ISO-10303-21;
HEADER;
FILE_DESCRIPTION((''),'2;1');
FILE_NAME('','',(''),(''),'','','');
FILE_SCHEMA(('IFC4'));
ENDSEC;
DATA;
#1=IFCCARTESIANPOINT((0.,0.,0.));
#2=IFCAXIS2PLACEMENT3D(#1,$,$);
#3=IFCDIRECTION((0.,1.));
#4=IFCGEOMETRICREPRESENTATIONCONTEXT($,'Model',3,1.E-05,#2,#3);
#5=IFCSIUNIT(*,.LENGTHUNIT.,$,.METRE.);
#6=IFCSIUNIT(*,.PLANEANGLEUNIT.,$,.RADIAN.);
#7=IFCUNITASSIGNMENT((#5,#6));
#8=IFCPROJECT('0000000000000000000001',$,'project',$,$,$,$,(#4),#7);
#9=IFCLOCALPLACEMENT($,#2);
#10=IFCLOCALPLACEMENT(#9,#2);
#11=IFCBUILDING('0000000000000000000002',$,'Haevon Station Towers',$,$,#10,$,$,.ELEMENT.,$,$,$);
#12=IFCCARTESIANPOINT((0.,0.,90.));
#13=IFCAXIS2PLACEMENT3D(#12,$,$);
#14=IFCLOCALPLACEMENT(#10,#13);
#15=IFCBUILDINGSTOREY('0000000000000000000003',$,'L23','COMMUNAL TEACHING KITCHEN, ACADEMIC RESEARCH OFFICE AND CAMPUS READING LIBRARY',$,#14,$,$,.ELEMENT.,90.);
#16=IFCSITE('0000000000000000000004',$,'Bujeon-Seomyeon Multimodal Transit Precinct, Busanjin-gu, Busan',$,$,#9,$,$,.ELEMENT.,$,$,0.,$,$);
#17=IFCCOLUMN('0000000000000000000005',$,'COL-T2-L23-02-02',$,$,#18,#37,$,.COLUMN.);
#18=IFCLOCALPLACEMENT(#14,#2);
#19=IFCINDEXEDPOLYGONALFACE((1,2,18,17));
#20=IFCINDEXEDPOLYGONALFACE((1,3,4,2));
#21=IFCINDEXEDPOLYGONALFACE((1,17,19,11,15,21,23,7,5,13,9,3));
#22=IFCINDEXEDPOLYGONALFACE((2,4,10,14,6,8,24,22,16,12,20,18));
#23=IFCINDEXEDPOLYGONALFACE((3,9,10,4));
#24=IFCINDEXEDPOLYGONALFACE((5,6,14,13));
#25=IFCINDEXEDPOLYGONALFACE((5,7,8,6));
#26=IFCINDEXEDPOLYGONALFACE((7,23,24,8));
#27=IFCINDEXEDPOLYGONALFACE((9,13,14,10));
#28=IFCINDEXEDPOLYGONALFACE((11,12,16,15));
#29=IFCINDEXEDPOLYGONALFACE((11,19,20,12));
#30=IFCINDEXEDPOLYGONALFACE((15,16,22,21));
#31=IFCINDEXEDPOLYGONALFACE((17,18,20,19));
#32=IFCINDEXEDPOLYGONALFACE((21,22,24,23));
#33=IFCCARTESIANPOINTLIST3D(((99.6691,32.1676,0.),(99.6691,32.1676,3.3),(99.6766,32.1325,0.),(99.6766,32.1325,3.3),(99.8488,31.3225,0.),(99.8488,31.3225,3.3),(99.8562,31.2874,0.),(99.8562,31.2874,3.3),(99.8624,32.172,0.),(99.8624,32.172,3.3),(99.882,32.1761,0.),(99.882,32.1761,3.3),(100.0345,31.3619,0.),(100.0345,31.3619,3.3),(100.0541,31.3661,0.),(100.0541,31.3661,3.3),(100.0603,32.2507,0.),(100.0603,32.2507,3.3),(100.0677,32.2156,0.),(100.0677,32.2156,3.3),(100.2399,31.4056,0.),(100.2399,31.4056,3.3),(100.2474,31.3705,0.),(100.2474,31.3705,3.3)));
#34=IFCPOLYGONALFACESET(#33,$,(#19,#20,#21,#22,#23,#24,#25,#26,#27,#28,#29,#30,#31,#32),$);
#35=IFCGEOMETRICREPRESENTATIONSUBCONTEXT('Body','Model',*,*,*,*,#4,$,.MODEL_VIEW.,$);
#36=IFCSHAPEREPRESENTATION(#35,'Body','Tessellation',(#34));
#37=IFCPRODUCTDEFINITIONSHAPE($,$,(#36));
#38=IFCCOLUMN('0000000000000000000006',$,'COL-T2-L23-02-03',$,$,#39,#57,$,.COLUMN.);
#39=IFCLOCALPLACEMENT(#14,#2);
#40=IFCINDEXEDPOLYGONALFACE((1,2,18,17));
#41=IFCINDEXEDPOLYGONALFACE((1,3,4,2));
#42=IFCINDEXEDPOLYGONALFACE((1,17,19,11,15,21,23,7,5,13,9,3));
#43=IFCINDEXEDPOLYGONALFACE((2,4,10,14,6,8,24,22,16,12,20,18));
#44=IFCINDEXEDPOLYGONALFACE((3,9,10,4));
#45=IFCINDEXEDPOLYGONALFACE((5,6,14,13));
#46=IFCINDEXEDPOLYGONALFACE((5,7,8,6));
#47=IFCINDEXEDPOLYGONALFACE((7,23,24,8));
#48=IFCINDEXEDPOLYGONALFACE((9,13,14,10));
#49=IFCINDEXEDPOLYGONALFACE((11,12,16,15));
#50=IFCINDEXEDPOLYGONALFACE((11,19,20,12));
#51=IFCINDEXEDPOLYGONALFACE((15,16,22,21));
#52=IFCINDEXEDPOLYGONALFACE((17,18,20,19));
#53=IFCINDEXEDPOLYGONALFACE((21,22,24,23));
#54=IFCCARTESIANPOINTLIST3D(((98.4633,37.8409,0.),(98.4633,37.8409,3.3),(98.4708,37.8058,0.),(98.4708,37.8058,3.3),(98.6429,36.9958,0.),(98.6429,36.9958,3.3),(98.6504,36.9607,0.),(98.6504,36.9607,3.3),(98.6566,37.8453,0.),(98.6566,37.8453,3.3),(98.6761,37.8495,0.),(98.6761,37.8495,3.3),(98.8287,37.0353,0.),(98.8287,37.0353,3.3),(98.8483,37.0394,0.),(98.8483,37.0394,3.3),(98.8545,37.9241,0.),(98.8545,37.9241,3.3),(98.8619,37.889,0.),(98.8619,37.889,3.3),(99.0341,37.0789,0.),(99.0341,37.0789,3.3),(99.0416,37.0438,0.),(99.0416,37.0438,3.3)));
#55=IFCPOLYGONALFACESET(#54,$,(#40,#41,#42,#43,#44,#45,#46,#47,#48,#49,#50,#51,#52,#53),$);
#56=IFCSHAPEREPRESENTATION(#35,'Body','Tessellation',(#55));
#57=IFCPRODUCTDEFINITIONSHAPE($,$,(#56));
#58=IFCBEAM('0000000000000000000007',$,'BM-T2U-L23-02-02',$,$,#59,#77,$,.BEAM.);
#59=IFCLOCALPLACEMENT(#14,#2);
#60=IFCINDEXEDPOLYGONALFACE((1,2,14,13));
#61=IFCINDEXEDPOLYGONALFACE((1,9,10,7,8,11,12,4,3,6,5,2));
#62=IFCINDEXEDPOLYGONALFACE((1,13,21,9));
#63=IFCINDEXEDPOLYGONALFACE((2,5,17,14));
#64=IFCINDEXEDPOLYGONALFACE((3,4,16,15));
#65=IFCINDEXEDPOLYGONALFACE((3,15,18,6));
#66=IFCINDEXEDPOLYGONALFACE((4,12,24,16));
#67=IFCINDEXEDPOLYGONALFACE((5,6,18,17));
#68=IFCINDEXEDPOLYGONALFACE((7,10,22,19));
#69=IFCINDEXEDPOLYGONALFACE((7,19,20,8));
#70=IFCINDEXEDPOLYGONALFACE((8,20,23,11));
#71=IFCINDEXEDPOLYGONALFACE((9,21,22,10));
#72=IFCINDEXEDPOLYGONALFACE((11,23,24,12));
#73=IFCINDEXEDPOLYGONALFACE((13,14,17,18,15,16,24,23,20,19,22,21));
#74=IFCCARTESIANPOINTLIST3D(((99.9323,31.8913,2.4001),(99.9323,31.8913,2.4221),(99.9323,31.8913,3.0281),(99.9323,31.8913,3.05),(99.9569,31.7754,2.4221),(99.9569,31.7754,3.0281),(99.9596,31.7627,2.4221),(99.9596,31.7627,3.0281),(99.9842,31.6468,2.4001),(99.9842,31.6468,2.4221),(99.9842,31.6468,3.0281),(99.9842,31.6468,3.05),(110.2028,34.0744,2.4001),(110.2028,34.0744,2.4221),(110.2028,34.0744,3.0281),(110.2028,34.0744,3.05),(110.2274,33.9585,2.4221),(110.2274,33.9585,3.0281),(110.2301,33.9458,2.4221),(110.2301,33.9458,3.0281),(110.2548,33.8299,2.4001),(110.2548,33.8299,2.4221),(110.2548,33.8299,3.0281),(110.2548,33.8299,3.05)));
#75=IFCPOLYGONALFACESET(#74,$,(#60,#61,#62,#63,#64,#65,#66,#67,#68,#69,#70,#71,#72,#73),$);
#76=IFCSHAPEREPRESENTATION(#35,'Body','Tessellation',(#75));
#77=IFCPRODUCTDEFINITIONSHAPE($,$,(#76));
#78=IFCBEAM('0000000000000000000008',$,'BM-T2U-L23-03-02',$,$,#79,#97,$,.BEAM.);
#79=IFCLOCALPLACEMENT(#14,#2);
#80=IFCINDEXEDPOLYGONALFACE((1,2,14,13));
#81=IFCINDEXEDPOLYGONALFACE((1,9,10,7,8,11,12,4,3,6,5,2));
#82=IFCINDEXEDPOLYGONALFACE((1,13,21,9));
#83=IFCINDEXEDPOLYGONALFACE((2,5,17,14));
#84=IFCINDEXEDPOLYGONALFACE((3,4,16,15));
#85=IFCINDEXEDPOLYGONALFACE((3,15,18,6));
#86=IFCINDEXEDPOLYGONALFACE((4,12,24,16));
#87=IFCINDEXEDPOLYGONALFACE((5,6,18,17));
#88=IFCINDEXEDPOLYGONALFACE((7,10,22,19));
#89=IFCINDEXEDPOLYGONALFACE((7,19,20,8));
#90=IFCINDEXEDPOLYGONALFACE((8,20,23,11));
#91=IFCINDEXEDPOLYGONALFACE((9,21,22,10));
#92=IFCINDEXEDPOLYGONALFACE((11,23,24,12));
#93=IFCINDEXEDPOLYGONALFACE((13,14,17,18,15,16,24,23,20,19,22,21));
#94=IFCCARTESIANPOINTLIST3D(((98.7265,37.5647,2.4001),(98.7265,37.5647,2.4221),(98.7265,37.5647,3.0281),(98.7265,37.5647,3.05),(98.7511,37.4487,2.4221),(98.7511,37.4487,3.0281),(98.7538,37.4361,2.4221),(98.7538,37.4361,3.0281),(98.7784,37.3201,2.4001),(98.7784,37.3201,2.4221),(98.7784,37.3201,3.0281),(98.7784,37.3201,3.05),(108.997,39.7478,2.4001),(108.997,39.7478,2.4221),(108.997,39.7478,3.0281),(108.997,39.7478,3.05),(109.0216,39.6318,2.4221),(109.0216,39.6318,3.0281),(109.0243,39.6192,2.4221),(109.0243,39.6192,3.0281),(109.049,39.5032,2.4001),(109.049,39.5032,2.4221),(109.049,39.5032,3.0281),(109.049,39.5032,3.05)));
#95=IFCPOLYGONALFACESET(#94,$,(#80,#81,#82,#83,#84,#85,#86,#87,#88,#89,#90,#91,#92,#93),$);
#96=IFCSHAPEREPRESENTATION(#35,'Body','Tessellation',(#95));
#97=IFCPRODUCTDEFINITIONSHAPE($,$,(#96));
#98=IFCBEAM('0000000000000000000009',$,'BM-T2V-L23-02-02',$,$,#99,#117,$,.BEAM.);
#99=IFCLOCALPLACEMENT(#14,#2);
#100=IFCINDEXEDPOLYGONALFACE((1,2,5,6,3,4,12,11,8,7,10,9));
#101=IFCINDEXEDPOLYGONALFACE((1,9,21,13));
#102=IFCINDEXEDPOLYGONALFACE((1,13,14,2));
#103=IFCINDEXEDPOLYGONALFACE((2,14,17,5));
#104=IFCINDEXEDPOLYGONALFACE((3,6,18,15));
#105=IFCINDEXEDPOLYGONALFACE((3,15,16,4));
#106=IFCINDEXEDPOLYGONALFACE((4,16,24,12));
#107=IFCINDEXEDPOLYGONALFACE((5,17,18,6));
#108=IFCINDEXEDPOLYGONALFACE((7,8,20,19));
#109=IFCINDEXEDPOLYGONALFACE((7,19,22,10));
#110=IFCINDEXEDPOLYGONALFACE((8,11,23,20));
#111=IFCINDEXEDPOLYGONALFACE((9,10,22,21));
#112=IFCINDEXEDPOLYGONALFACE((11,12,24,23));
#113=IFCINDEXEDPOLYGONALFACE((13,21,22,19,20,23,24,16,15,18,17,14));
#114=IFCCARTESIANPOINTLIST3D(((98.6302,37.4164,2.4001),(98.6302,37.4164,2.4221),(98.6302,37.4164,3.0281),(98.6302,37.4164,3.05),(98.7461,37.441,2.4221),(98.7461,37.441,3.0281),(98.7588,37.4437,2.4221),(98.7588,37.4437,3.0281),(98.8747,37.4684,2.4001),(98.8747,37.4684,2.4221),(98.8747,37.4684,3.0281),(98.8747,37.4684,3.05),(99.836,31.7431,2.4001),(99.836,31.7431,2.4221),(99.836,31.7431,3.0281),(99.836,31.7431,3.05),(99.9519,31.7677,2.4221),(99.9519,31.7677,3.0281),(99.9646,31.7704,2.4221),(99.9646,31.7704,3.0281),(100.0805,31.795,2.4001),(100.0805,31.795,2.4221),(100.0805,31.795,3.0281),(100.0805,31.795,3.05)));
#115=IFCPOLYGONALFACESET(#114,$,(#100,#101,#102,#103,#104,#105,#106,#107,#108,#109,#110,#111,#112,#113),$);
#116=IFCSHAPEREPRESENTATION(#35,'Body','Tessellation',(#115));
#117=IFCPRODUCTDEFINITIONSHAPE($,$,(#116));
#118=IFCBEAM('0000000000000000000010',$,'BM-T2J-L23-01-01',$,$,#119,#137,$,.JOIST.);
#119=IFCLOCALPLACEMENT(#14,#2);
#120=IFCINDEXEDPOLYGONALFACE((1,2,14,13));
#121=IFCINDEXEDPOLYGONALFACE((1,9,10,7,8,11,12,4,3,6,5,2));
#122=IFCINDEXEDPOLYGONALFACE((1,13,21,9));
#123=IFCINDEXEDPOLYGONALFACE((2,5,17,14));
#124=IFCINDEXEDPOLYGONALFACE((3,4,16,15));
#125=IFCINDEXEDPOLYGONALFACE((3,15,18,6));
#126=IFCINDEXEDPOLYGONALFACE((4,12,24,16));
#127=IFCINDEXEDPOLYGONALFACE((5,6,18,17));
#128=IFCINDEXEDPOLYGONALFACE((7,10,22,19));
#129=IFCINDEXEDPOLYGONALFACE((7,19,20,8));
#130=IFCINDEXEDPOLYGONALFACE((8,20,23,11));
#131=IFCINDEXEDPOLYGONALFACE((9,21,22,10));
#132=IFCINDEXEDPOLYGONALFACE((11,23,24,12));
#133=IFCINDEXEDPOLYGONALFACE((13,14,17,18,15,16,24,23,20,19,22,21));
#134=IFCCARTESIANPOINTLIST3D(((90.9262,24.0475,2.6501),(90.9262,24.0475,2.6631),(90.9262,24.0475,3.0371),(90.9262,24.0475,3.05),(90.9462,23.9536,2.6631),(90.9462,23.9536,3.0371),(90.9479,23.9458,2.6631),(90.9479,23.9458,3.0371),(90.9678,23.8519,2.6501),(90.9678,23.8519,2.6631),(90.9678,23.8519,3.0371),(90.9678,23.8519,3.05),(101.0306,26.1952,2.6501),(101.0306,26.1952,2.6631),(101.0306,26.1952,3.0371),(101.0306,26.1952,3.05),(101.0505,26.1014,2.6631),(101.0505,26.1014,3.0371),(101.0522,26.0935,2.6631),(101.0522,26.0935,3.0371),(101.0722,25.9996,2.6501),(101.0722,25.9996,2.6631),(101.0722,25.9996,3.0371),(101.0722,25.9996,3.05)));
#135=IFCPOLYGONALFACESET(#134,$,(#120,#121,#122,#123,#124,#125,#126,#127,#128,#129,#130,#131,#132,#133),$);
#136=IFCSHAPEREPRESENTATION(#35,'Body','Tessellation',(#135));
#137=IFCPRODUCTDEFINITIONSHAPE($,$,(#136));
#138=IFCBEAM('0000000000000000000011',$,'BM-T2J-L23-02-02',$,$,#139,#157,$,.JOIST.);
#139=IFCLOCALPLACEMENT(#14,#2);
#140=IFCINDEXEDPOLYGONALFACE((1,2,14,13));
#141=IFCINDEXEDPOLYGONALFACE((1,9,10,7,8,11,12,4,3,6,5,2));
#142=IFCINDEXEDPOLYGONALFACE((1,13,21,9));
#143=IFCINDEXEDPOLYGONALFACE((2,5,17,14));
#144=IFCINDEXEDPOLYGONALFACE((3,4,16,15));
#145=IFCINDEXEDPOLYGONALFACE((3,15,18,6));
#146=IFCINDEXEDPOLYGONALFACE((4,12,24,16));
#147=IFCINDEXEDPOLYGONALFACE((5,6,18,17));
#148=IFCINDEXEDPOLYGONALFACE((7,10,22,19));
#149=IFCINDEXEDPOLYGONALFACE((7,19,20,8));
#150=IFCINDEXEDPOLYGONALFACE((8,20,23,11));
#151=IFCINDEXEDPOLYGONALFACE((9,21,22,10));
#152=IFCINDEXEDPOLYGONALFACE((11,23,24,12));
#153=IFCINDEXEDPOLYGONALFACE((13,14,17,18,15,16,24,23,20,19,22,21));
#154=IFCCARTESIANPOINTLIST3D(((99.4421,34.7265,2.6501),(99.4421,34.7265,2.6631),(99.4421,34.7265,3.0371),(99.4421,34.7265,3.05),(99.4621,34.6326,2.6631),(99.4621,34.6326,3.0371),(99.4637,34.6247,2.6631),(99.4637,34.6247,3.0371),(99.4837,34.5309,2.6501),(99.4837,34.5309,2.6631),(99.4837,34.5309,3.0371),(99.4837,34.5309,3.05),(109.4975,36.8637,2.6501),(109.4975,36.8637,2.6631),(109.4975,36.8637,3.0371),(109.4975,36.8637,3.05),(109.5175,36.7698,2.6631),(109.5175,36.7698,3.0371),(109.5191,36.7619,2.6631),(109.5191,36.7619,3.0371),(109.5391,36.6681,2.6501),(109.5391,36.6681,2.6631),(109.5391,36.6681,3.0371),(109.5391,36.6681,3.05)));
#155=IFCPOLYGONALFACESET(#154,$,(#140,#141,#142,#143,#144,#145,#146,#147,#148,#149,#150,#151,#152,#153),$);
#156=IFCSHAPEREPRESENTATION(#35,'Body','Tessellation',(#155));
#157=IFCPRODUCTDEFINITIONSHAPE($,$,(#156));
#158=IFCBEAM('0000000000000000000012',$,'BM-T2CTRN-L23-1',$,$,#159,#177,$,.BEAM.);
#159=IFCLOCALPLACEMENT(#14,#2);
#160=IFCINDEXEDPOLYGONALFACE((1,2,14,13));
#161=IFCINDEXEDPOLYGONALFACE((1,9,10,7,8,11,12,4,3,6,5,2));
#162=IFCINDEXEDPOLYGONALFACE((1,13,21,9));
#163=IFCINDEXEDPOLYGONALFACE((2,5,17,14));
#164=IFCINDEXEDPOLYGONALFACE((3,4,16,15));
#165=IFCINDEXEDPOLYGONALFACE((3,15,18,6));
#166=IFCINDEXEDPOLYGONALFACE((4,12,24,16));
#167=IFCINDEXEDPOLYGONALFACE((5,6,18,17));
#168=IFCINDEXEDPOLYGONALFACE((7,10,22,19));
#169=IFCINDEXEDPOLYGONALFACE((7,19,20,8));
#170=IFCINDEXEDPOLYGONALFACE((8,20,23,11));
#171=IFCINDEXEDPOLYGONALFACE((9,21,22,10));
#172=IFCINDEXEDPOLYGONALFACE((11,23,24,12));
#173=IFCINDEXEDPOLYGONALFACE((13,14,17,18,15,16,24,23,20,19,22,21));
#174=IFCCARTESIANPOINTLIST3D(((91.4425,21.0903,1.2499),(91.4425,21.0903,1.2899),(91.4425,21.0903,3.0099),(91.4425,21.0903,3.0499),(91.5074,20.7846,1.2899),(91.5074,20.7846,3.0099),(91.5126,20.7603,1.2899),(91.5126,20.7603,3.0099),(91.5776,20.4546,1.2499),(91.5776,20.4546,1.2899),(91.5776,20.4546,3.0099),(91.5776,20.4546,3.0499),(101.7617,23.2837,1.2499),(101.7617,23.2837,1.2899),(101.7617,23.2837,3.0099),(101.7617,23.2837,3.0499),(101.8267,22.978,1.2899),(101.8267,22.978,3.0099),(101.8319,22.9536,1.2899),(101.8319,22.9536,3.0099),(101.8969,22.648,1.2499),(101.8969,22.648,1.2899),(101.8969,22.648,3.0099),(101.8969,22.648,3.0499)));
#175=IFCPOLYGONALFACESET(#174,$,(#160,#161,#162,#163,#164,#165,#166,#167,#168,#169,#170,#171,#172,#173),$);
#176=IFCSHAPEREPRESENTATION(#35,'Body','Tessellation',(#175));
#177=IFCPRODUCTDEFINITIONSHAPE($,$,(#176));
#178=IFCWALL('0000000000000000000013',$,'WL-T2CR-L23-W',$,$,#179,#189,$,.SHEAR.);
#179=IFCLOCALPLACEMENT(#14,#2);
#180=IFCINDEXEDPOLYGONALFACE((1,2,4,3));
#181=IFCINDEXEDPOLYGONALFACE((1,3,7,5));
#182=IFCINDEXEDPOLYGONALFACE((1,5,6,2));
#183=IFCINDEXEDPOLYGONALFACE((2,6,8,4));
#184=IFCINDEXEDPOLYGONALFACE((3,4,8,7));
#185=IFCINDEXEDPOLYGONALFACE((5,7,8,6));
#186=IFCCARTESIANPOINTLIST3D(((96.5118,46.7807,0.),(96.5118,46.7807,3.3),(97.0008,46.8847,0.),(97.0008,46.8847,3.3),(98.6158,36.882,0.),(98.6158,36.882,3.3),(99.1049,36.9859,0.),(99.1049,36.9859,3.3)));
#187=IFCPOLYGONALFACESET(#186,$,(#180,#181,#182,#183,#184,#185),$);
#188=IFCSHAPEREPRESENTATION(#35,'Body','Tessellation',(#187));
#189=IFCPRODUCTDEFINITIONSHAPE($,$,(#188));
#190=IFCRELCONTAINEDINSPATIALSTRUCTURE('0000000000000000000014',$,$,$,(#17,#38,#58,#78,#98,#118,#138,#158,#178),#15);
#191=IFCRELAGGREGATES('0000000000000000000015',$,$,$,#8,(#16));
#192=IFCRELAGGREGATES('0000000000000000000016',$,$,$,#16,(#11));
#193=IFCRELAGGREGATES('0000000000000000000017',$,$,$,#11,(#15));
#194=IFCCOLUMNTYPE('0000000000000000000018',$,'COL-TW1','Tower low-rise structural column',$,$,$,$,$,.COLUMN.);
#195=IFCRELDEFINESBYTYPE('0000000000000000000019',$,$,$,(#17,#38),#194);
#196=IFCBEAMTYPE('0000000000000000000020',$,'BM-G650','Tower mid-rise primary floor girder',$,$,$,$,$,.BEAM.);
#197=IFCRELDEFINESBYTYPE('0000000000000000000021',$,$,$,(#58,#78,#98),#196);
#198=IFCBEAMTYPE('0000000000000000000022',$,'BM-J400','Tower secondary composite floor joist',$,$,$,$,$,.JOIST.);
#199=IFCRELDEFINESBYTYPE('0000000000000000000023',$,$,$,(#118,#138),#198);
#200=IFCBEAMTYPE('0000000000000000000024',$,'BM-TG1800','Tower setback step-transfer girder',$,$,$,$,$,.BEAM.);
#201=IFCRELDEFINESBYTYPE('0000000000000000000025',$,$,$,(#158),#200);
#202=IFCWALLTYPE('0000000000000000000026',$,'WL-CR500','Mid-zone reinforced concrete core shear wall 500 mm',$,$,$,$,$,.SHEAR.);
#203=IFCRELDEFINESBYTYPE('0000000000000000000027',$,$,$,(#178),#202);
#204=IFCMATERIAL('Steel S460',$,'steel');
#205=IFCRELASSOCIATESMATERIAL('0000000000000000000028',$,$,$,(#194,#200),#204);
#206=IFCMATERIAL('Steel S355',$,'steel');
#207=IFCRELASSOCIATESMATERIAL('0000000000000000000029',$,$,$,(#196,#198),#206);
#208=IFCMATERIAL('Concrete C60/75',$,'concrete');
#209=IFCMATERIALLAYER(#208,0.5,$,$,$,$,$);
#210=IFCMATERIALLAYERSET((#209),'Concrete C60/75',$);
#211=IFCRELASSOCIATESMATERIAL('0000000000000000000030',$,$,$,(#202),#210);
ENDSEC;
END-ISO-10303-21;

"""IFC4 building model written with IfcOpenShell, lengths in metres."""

from ifc_helpers import new_model, si_unit, direction, frame, frame_2d, origin, origin_2d, place, context, subcontext, project, spatial, rectangle, i_section, extrude, material, layer, layer_set, material_profile, profile_set, type_object, element, save


model = new_model("IFC4")

# Units and contexts
model_context = context("Model", 3, precision=1e-05, world=origin(), true_north=direction((0.0, 1.0)))
body_context = subcontext(model_context, "Body", "Model", "MODEL_VIEW")
ifc_project = project(units=[si_unit("LENGTHUNIT", "METRE"), si_unit("PLANEANGLEUNIT", "RADIAN")], contexts=[model_context])

# Site, building, storey
site_placement = place(None, origin())
site = spatial("IfcSite", under=ifc_project, at=site_placement, Name="Bujeon-Seomyeon Multimodal Transit Precinct, Busanjin-gu, Busan", CompositionType="ELEMENT", RefElevation=0.0)
building_placement = place(site_placement, origin())
building = spatial("IfcBuilding", under=site, at=building_placement, Name="Haevon Station Towers", CompositionType="ELEMENT")
storey_placement = place(building_placement, frame((0.0, 0.0, 90.0)))
storey = spatial("IfcBuildingStorey", under=building, at=storey_placement, Name="L23", Description="COMMUNAL TEACHING KITCHEN, ACADEMIC RESEARCH OFFICE AND CAMPUS READING LIBRARY", CompositionType="ELEMENT", Elevation=90.0)

# Columns
ifc_material_1 = material(Name="Steel S460", Category="steel")
ifc_material_profile_1 = material_profile(ifc_material_1, i_section(OverallWidth=0.3999, OverallDepth=0.8999, WebThickness=0.02, FlangeThickness=0.0359, at=origin_2d()), Name="H-900x400x20x36")
ifc_profile_set_1 = profile_set([ifc_material_profile_1], Name="Steel S460")
column_type = type_object("IfcColumnType", Name="COL-TW1", Description="Tower low-rise structural column", PredefinedType="COLUMN", material=ifc_profile_set_1)
for number, where, z_axis, x_axis, name in (
    (1, (99.9583, 31.769, 0.0), (0.0, 0.0, 1.0), (0.978148, 0.207912, 0.0), "COL-T2-L23-02-02"),
    (2, (98.7524, 37.4424, 0.0), (0.0, 0.0, 1.0), (0.978148, 0.207912, 0.0), "COL-T2-L23-02-03"),
):
    element("IfcColumn", number, at=place(storey_placement, frame(where, z_axis=z_axis, x_axis=x_axis)), inside=storey, type_object=column_type, Name=name, PredefinedType="COLUMN", context=body_context, shape_type="SweptSolid", body=[
        extrude(i_section(OverallWidth=0.3999, OverallDepth=0.8999, WebThickness=0.02, FlangeThickness=0.0359, at=origin_2d()), origin(), (0.0, 0.0, 1.0), 3.3),
    ])

# Beams
ifc_material_2 = material(Name="Steel S355", Category="steel")
ifc_material_profile_2 = material_profile(ifc_material_2, i_section(OverallWidth=0.25, OverallDepth=0.6499, WebThickness=0.0129, FlangeThickness=0.022, at=origin_2d()), Name="H-650x250x13x22")
ifc_profile_set_2 = profile_set([ifc_material_profile_2], Name="Steel S355")
beam_type_1 = type_object("IfcBeamType", Name="BM-G650", Description="Tower mid-rise primary floor girder", PredefinedType="BEAM", material=ifc_profile_set_2)
for number, where, z_axis, x_axis, name in (
    (3, (99.9583, 31.769, 2.7251), (0.978147, 0.207915, 0.0), (-0.207915, 0.978147, 0.0), "BM-T2U-L23-02-02"),
    (4, (98.7524, 37.4424, 2.7251), (0.978147, 0.207915, 0.0), (-0.207915, 0.978147, 0.0), "BM-T2U-L23-03-02"),
):
    element("IfcBeam", number, at=place(storey_placement, frame(where, z_axis=z_axis, x_axis=x_axis)), inside=storey, type_object=beam_type_1, Name=name, PredefinedType="BEAM", context=body_context, shape_type="SweptSolid", body=[
        extrude(i_section(OverallWidth=0.25, OverallDepth=0.6499, WebThickness=0.0129, FlangeThickness=0.022, at=origin_2d()), origin(), (0.0, 0.0, 1.0), 10.5),
    ])
beam_1_placement = place(storey_placement, frame((99.9583, 31.769, 2.7251), z_axis=(-0.207896, 0.978151, 0.0), x_axis=(-0.978151, -0.207896, 0.0)))
element("IfcBeam", 5, at=beam_1_placement, inside=storey, type_object=beam_type_1, Name="BM-T2V-L23-02-02", PredefinedType="BEAM", context=body_context, shape_type="SweptSolid", body=[
    extrude(i_section(OverallWidth=0.25, OverallDepth=0.6499, WebThickness=0.0129, FlangeThickness=0.022, at=origin_2d()), origin(), (0.0, 0.0, 1.0), 5.8),
])
ifc_material_profile_3 = material_profile(ifc_material_2, i_section(OverallWidth=0.2, OverallDepth=0.3999, WebThickness=0.0081, FlangeThickness=0.0129, at=origin_2d()), Name="H-400x200x8x13")
ifc_profile_set_3 = profile_set([ifc_material_profile_3], Name="Steel S355")
beam_type_2 = type_object("IfcBeamType", Name="BM-J400", Description="Tower secondary composite floor joist", PredefinedType="JOIST", material=ifc_profile_set_3)
beam_2_placement = place(storey_placement, frame((90.947, 23.9497, 2.8501), z_axis=(0.978148, 0.20791, 0.0), x_axis=(-0.20791, 0.978148, 0.0)))
element("IfcBeam", 6, at=beam_2_placement, inside=storey, type_object=beam_type_2, Name="BM-T2J-L23-01-01", PredefinedType="JOIST", context=body_context, shape_type="SweptSolid", body=[
    extrude(i_section(OverallWidth=0.2, OverallDepth=0.3999, WebThickness=0.0081, FlangeThickness=0.0129, at=origin_2d()), origin(), (0.0, 0.0, 1.0), 10.3301),
])
beam_3_placement = place(storey_placement, frame((99.4629, 34.6287, 2.8501), z_axis=(0.97815, 0.207899, 0.0), x_axis=(-0.207899, 0.97815, 0.0)))
element("IfcBeam", 7, at=beam_3_placement, inside=storey, type_object=beam_type_2, Name="BM-T2J-L23-02-02", PredefinedType="JOIST", context=body_context, shape_type="SweptSolid", body=[
    extrude(i_section(OverallWidth=0.2, OverallDepth=0.3999, WebThickness=0.0081, FlangeThickness=0.0129, at=origin_2d()), origin(), (0.0, 0.0, 1.0), 10.28),
])
ifc_material_profile_4 = material_profile(ifc_material_1, i_section(OverallWidth=0.6499, OverallDepth=1.8, WebThickness=0.0249, FlangeThickness=0.04, at=origin_2d()), Name="H-1800x650x25x40")
ifc_profile_set_4 = profile_set([ifc_material_profile_4], Name="Steel S460")
beam_type_3 = type_object("IfcBeamType", Name="BM-TG1800", Description="Tower setback step-transfer girder", PredefinedType="BEAM", material=ifc_profile_set_4)
beam_4_placement = place(storey_placement, frame((91.51, 20.7725, 2.1499), z_axis=(0.978149, 0.207904, 0.0), x_axis=(-0.207904, 0.978149, 0.0)))
element("IfcBeam", 8, at=beam_4_placement, inside=storey, type_object=beam_type_3, Name="BM-T2CTRN-L23-1", PredefinedType="BEAM", context=body_context, shape_type="SweptSolid", body=[
    extrude(i_section(OverallWidth=0.6499, OverallDepth=1.8, WebThickness=0.0249, FlangeThickness=0.04, at=origin_2d()), origin(), (0.0, 0.0, 1.0), 10.5498),
])

# Wall
ifc_material_3 = material(Name="Concrete C60/75", Category="concrete")
ifc_layer_1 = layer(ifc_material_3, 0.5)
ifc_layer_set_1 = layer_set([ifc_layer_1], Name="Concrete C60/75")
wall_type_1 = type_object("IfcWallType", Name="WL-CR500", Description="Mid-zone reinforced concrete core shear wall 500 mm", PredefinedType="SHEAR", material=ifc_layer_set_1)
wall_1_placement = place(storey_placement, frame((98.8604, 36.9338, 0.0), z_axis=(0.0, 0.0, 1.0), x_axis=(-0.207909, 0.978148, 0.0)))
element("IfcWall", 9, at=wall_1_placement, inside=storey, type_object=wall_type_1, Name="WL-T2CR-L23-W", PredefinedType="SHEAR", context=body_context, shape_type="SweptSolid", body=[
    extrude(rectangle(XDim=10.1199, YDim=0.5, at=frame_2d((5.0601, 0.0))), origin(), (0.0, 0.0, 1.0), 3.3),
])

save(model, "model.ifc")
